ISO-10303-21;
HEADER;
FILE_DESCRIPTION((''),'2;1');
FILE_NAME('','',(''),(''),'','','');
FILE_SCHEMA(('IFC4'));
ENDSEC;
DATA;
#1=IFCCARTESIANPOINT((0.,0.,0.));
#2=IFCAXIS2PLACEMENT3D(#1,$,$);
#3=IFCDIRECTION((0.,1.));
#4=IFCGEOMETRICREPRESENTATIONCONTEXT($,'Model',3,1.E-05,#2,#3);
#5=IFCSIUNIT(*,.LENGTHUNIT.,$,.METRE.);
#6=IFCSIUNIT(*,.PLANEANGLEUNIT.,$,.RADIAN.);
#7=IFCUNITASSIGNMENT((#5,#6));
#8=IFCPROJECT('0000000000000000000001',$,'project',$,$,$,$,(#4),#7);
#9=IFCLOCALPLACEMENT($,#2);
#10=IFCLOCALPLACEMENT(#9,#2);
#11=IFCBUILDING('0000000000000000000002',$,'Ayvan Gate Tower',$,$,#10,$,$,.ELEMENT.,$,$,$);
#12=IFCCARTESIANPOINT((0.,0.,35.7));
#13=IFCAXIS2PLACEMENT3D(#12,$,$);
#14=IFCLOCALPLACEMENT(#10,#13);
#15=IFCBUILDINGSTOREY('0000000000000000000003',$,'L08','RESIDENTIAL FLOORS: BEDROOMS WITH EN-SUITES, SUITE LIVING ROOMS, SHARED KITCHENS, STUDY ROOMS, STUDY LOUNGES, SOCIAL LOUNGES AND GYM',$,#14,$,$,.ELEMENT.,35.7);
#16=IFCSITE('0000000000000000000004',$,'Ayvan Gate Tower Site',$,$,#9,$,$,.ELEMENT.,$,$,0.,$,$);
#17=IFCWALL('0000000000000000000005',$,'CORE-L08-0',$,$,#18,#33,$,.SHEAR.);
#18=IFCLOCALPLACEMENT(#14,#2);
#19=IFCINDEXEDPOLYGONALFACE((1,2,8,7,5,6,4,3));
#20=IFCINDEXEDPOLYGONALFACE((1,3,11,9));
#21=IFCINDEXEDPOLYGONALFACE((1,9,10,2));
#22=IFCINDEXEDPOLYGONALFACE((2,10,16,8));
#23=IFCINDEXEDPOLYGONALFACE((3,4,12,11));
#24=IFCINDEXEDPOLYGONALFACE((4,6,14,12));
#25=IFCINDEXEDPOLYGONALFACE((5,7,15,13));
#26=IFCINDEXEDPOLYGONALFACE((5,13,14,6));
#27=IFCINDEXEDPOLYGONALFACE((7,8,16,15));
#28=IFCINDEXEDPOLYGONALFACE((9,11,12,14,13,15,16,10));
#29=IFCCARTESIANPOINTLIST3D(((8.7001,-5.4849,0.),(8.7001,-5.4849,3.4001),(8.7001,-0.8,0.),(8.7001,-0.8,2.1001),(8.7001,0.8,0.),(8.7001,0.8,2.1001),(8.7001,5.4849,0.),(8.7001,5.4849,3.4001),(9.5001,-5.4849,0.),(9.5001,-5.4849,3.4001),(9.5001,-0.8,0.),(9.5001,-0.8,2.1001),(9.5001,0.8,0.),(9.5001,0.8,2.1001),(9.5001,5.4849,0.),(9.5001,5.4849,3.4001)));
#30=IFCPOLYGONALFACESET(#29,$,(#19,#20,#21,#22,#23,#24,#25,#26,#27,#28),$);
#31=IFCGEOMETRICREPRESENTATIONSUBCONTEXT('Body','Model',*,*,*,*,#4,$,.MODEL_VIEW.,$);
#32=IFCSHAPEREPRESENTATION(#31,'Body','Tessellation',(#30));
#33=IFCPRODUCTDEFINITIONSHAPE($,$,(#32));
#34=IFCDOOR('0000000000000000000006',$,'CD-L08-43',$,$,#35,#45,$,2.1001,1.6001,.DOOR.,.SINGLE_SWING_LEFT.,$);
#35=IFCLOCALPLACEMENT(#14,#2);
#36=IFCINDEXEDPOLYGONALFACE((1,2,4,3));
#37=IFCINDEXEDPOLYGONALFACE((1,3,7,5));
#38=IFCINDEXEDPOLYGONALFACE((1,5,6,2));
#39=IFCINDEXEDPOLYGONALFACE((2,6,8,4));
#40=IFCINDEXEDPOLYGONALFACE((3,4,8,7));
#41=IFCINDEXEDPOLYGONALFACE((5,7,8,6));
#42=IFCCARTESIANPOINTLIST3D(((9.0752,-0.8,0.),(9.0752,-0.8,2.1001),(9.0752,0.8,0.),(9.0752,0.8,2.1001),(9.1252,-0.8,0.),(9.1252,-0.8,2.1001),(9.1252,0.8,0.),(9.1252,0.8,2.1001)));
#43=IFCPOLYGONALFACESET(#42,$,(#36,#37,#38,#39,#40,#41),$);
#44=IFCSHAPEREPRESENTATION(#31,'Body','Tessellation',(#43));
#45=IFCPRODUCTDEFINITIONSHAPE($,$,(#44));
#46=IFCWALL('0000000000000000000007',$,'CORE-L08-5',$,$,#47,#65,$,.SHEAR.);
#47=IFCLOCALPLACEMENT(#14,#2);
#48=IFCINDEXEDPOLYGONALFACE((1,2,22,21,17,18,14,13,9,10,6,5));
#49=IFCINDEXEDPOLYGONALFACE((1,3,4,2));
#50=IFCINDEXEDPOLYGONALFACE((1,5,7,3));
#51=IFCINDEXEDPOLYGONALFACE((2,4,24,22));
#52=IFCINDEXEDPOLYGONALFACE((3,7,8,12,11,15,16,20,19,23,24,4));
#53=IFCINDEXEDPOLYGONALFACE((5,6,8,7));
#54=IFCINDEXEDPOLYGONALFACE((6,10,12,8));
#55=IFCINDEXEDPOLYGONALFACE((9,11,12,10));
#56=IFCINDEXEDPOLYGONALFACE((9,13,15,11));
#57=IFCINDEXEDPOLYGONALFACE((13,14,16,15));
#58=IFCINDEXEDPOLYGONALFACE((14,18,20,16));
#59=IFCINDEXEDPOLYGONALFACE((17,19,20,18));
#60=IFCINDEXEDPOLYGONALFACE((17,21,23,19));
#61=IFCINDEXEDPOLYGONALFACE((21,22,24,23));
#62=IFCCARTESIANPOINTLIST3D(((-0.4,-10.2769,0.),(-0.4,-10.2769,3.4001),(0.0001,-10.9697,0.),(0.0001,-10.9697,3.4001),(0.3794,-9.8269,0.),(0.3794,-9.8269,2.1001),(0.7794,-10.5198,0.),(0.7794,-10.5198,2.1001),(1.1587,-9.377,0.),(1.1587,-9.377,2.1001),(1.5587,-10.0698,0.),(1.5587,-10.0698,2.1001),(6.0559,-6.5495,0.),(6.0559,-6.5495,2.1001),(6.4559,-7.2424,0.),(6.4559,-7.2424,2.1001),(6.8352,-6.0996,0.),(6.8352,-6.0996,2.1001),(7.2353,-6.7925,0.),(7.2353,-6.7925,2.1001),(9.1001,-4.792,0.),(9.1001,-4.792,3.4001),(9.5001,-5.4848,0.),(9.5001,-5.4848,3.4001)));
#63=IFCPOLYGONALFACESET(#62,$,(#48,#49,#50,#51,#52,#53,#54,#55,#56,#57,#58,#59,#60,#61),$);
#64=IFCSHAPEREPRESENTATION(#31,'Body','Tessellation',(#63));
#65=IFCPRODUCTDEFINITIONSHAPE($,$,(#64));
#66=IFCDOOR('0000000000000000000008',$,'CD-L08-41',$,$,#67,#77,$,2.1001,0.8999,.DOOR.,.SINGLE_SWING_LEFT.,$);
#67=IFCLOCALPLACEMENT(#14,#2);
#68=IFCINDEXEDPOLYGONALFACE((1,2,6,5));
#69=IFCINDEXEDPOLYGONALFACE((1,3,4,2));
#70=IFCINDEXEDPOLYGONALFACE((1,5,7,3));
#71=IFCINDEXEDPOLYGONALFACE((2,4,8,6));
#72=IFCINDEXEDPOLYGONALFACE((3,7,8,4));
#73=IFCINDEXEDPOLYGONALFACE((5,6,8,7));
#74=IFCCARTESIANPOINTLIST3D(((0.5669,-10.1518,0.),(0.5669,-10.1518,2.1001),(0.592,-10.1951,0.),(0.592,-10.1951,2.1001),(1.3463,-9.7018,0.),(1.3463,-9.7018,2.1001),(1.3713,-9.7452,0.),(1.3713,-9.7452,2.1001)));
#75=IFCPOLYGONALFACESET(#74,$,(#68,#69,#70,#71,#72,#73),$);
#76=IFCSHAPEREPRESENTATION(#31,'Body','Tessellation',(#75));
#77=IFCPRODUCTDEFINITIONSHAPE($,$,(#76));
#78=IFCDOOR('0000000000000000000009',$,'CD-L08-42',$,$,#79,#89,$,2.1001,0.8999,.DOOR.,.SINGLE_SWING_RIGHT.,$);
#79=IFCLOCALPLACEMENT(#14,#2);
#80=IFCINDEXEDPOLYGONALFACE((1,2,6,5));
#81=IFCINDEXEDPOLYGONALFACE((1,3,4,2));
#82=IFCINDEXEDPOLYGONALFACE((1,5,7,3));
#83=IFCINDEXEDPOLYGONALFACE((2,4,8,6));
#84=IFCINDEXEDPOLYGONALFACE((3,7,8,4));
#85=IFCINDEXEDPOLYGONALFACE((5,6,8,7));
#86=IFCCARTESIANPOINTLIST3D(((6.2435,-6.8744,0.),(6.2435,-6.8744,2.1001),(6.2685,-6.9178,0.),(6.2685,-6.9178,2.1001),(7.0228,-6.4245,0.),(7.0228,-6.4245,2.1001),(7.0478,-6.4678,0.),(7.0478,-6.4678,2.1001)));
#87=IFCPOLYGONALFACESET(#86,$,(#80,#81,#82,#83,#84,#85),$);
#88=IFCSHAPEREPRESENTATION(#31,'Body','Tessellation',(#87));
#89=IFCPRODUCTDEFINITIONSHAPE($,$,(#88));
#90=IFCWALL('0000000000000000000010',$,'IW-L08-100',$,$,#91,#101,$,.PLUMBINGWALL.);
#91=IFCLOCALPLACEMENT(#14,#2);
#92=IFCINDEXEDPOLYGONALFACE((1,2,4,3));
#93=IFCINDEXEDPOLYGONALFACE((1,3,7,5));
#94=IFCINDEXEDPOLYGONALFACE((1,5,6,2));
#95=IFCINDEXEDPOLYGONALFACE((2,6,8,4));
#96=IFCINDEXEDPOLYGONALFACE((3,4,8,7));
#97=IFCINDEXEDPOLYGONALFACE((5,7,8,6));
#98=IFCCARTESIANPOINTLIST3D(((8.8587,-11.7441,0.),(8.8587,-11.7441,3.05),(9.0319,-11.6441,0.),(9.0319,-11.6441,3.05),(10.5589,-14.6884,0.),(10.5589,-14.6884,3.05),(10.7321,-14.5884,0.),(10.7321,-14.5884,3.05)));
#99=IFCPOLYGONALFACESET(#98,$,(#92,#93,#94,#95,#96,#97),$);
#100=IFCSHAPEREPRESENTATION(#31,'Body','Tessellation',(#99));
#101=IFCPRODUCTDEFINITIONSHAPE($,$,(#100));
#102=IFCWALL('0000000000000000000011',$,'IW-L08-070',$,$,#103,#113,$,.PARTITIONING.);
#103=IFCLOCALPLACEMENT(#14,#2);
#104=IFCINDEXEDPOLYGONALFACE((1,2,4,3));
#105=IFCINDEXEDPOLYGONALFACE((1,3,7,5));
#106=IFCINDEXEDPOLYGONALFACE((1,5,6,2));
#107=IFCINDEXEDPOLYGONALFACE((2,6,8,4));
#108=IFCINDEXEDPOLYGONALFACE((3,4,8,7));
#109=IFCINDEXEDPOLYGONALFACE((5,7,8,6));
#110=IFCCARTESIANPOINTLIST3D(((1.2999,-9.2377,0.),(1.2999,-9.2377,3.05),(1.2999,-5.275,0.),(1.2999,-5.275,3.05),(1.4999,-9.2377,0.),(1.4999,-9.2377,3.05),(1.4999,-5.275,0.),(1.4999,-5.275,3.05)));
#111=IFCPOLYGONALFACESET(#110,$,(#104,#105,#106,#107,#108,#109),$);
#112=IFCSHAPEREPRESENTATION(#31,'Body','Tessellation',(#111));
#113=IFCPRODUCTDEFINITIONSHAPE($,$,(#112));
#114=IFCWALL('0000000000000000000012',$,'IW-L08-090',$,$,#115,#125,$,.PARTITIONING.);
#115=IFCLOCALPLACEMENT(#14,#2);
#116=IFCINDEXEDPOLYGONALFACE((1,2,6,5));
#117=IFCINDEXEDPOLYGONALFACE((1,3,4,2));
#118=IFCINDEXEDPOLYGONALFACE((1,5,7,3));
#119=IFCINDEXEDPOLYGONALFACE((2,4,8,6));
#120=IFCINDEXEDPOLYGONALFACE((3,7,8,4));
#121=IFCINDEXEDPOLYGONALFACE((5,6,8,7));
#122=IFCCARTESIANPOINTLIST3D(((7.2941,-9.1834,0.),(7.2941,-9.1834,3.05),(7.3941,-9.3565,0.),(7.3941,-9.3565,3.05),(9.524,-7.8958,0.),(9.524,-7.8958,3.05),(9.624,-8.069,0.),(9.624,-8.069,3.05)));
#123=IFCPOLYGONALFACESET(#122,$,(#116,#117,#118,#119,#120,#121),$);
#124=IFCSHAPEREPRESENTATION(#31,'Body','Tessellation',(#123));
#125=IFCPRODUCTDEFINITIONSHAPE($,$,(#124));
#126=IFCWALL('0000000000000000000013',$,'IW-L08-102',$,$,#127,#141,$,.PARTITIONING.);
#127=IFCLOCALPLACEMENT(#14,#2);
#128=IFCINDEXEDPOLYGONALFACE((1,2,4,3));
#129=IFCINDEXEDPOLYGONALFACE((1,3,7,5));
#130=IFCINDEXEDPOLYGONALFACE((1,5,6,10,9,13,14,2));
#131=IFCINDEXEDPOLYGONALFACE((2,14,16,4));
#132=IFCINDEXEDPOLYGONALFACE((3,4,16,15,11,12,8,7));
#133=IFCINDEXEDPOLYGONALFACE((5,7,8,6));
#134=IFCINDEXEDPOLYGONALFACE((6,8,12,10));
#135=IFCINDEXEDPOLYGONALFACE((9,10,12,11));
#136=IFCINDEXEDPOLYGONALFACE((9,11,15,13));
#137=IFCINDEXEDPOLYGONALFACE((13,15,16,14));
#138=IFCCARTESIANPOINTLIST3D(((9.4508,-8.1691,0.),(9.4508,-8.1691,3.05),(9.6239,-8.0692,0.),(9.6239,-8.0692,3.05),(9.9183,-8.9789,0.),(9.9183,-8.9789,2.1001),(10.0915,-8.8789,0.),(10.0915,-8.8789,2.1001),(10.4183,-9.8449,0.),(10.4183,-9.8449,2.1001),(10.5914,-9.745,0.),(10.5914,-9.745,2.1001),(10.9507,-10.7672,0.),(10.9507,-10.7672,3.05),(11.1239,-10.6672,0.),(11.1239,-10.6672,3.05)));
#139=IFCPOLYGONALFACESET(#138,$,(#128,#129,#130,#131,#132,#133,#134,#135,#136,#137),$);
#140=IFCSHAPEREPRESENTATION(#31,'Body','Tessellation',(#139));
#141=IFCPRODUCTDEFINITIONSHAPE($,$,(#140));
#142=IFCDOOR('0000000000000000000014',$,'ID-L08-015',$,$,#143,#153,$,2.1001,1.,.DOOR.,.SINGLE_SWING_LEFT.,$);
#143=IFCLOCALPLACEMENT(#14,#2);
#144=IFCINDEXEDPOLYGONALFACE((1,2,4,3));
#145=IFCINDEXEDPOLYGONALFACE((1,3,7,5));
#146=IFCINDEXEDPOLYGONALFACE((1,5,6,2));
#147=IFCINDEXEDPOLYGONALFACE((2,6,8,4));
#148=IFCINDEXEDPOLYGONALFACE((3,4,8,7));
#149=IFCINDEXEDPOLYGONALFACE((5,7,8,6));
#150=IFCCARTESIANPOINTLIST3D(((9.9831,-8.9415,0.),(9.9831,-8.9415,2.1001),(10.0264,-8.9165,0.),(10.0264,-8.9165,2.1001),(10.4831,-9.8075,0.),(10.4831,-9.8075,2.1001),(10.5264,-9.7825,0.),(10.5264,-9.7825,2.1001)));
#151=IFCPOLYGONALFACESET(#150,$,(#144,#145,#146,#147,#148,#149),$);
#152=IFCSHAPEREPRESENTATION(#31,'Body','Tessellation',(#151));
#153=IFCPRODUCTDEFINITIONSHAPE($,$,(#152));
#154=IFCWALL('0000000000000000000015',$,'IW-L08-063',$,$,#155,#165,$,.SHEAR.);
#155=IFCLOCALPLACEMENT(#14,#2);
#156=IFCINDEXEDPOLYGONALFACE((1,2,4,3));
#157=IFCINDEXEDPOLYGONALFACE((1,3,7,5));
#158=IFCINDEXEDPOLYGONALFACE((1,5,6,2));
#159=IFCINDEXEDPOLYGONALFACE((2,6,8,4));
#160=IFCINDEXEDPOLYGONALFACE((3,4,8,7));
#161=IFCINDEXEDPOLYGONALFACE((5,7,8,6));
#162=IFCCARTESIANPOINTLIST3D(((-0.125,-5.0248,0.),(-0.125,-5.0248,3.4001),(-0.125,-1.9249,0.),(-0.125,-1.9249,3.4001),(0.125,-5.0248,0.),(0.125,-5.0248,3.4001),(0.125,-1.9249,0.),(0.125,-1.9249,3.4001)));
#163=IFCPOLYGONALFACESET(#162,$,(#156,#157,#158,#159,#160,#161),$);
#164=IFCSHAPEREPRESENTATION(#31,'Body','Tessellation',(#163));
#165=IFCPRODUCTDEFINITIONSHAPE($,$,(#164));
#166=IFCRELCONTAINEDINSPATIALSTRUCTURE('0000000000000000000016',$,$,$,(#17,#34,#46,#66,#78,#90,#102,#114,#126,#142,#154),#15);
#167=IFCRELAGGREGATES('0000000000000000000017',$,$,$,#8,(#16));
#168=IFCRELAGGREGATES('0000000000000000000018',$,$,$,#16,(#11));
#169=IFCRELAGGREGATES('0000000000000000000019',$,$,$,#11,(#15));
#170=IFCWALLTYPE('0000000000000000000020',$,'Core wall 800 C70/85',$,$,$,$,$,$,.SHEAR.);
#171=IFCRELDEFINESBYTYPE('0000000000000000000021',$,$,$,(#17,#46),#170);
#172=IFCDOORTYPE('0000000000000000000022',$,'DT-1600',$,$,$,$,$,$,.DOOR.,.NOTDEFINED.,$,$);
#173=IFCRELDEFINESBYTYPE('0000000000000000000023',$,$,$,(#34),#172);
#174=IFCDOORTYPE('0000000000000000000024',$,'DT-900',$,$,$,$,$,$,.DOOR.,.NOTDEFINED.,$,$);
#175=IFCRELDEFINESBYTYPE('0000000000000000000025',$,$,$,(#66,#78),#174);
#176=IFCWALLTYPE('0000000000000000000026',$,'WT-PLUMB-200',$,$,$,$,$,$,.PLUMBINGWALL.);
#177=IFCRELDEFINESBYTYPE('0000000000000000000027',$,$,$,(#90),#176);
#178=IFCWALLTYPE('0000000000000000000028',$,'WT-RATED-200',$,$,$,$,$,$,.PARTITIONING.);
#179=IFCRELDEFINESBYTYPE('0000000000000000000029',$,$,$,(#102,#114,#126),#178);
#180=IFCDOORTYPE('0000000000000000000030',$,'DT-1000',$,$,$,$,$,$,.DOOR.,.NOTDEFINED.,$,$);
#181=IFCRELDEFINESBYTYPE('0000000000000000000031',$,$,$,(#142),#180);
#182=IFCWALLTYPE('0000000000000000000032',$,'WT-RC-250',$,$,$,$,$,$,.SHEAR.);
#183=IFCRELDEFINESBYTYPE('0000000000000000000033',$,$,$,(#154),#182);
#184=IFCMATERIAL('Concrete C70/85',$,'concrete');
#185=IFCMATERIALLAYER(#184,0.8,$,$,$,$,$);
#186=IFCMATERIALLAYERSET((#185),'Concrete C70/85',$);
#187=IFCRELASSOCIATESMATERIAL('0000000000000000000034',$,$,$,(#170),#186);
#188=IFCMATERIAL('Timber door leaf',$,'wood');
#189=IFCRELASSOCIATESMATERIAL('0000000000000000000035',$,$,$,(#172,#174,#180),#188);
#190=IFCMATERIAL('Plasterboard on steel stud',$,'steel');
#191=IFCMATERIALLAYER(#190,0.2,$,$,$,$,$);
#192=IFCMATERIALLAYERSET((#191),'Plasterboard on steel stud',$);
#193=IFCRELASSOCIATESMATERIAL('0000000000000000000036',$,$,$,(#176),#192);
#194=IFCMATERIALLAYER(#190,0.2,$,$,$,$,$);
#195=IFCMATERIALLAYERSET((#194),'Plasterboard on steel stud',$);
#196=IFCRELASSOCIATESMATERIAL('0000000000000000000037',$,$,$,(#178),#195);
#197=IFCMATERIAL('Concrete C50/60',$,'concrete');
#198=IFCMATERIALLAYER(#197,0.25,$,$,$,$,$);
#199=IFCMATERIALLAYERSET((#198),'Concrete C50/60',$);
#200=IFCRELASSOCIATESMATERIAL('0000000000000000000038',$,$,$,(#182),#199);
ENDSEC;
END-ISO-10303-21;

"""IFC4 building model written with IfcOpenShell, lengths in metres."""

from ifc_helpers import new_model, si_unit, direction, frame, frame_2d, origin, place, context, subcontext, project, spatial, rectangle, extrude, material, layer, layer_set, type_object, element, fill, save


model = new_model("IFC4")

# Units and contexts
model_context = context("Model", 3, precision=1e-05, world=origin(), true_north=direction((0.0, 1.0)))
body_context = subcontext(model_context, "Body", "Model", "MODEL_VIEW")
ifc_project = project(units=[si_unit("LENGTHUNIT", "METRE"), si_unit("PLANEANGLEUNIT", "RADIAN")], contexts=[model_context])

# Site, building, storey
site_placement = place(None, origin())
site = spatial("IfcSite", under=ifc_project, at=site_placement, Name="Ayvan Gate Tower Site", CompositionType="ELEMENT", RefElevation=0.0)
building_placement = place(site_placement, origin())
building = spatial("IfcBuilding", under=site, at=building_placement, Name="Ayvan Gate Tower", CompositionType="ELEMENT")
storey_placement = place(building_placement, frame((0.0, 0.0, 35.7)))
storey = spatial("IfcBuildingStorey", under=building, at=storey_placement, Name="L08", Description="RESIDENTIAL FLOORS: BEDROOMS WITH EN-SUITES, SUITE LIVING ROOMS, SHARED KITCHENS, STUDY ROOMS, STUDY LOUNGES, SOCIAL LOUNGES AND GYM", CompositionType="ELEMENT", Elevation=35.7)

# Wall, opening, door
ifc_material_1 = material(Name="Concrete C70/85", Category="concrete")
ifc_layer_1 = layer(ifc_material_1, 0.8)
ifc_layer_set_1 = layer_set([ifc_layer_1], Name="Concrete C70/85")
wall_type_1 = type_object("IfcWallType", Name="Core wall 800 C70/85", PredefinedType="SHEAR", material=ifc_layer_set_1)
wall_1_placement = place(storey_placement, frame((9.1001, -5.4849, 0.0), z_axis=(0.0, 0.0, 1.0), x_axis=(0.0, 1.0, 0.0)))
wall_1 = element("IfcWall", 1, at=wall_1_placement, inside=storey, type_object=wall_type_1, Name="CORE-L08-0", PredefinedType="SHEAR", context=body_context, shape_type="SweptSolid", body=[
    extrude(rectangle(XDim=10.9697, YDim=0.8, at=frame_2d((5.4849, 0.0))), origin(), (0.0, 0.0, 1.0), 3.4001),
])
opening_1_placement = place(wall_1_placement, frame((4.6848, 0.0, 0.0)))
opening_1 = element("IfcOpeningElement", 2, at=opening_1_placement, cuts=wall_1, PredefinedType="OPENING", context=body_context, shape_type="SweptSolid", body=[
    extrude(rectangle(XDim=1.6001, YDim=2.1001, at=frame_2d((0.8, 1.05))), frame((0.0, 0.4099, 0.0), z_axis=(0.0, -1.0, 0.0), x_axis=(1.0, 0.0, 0.0)), (0.0, 0.0, 1.0), 0.8201),
])
ifc_material_2 = material(Name="Timber door leaf", Category="wood")
door_type_1 = type_object("IfcDoorType", Name="DT-1600", OperationType="NOTDEFINED", PredefinedType="DOOR", material=ifc_material_2)
door_1_placement = place(opening_1_placement, origin())
door_1 = element("IfcDoor", 3, at=door_1_placement, inside=storey, type_object=door_type_1, Name="CD-L08-43", OperationType="SINGLE_SWING_LEFT", OverallHeight=2.1001, OverallWidth=1.6001, PredefinedType="DOOR", context=body_context, shape_type="SweptSolid", body=[
    extrude(rectangle(XDim=1.6001, YDim=2.1001, at=frame_2d((0.8, 1.05))), frame((0.0, 0.0249, 0.0), z_axis=(0.0, -1.0, 0.0), x_axis=(1.0, 0.0, 0.0)), (0.0, 0.0, 1.0), 0.05),
])
fill(opening_1, door_1)

# Wall, openings, doors
wall_2_placement = place(storey_placement, frame((-0.2, -10.6233, 0.0), z_axis=(0.0, 0.0, 1.0), x_axis=(0.866024, 0.500002, 0.0)))
wall_2 = element("IfcWall", 4, at=wall_2_placement, inside=storey, type_object=wall_type_1, Name="CORE-L08-5", PredefinedType="SHEAR", context=body_context, shape_type="SweptSolid", body=[
    extrude(rectangle(XDim=10.9697, YDim=0.8, at=frame_2d((5.4849, 0.0))), origin(), (0.0, 0.0, 1.0), 3.4001),
])
opening_2_placement = place(wall_2_placement, frame((0.8999, 0.0, 0.0)))
opening_2 = element("IfcOpeningElement", 5, at=opening_2_placement, cuts=wall_2, PredefinedType="OPENING", context=body_context, shape_type="SweptSolid", body=[
    extrude(rectangle(XDim=0.8999, YDim=2.1001, at=frame_2d((0.45, 1.05))), frame((0.0, 0.4099, 0.0), z_axis=(0.0, -1.0, 0.0), x_axis=(1.0, 0.0, 0.0)), (0.0, 0.0, 1.0), 0.8201),
])
opening_3_placement = place(wall_2_placement, frame((7.4546, 0.0, 0.0)))
opening_3 = element("IfcOpeningElement", 6, at=opening_3_placement, cuts=wall_2, PredefinedType="OPENING", context=body_context, shape_type="SweptSolid", body=[
    extrude(rectangle(XDim=0.8999, YDim=2.1001, at=frame_2d((0.45, 1.05))), frame((0.0, 0.4099, 0.0), z_axis=(0.0, -1.0, 0.0), x_axis=(1.0, 0.0, 0.0)), (0.0, 0.0, 1.0), 0.8201),
])
door_type_2 = type_object("IfcDoorType", Name="DT-900", OperationType="NOTDEFINED", PredefinedType="DOOR", material=ifc_material_2)
door_2_placement = place(opening_2_placement, origin())
door_2 = element("IfcDoor", 7, at=door_2_placement, inside=storey, type_object=door_type_2, Name="CD-L08-41", OperationType="SINGLE_SWING_LEFT", OverallHeight=2.1001, OverallWidth=0.8999, PredefinedType="DOOR", context=body_context, shape_type="SweptSolid", body=[
    extrude(rectangle(XDim=0.8999, YDim=2.1001, at=frame_2d((0.45, 1.05))), frame((0.0, 0.0249, 0.0), z_axis=(0.0, -1.0, 0.0), x_axis=(1.0, 0.0, 0.0)), (0.0, 0.0, 1.0), 0.05),
])
fill(opening_2, door_2)
door_3_placement = place(opening_3_placement, origin())
door_3 = element("IfcDoor", 8, at=door_3_placement, inside=storey, type_object=door_type_2, Name="CD-L08-42", OperationType="SINGLE_SWING_RIGHT", OverallHeight=2.1001, OverallWidth=0.8999, PredefinedType="DOOR", context=body_context, shape_type="SweptSolid", body=[
    extrude(rectangle(XDim=0.8999, YDim=2.1001, at=frame_2d((0.45, 1.05))), frame((0.0, 0.0249, 0.0), z_axis=(0.0, -1.0, 0.0), x_axis=(1.0, 0.0, 0.0)), (0.0, 0.0, 1.0), 0.05),
])
fill(opening_3, door_3)

# Walls
ifc_material_3 = material(Name="Plasterboard on steel stud", Category="steel")
ifc_layer_2 = layer(ifc_material_3, 0.2)
ifc_layer_set_2 = layer_set([ifc_layer_2], Name="Plasterboard on steel stud")
wall_type_2 = type_object("IfcWallType", Name="WT-PLUMB-200", PredefinedType="PLUMBINGWALL", material=ifc_layer_set_2)
wall_3_placement = place(storey_placement, frame((8.9453, -11.6941, 0.0), z_axis=(0.0, 0.0, 1.0), x_axis=(0.500062, -0.865989, 0.0)))
element("IfcWall", 9, at=wall_3_placement, inside=storey, type_object=wall_type_2, Name="IW-L08-100", PredefinedType="PLUMBINGWALL", context=body_context, shape_type="SweptSolid", body=[
    extrude(rectangle(XDim=3.3999, YDim=0.2, at=frame_2d((1.7, 0.0))), origin(), (0.0, 0.0, 1.0), 3.05),
])
ifc_layer_3 = layer(ifc_material_3, 0.2)
ifc_layer_set_3 = layer_set([ifc_layer_3], Name="Plasterboard on steel stud")
wall_type_3 = type_object("IfcWallType", Name="WT-RATED-200", PredefinedType="PARTITIONING", material=ifc_layer_set_3)
wall_4_placement = place(storey_placement, frame((1.3999, -5.2749, 0.0), z_axis=(0.0, 0.0, 1.0), x_axis=(0.0, -1.0, 0.0)))
element("IfcWall", 10, at=wall_4_placement, inside=storey, type_object=wall_type_3, Name="IW-L08-070", PredefinedType="PARTITIONING", context=body_context, shape_type="SweptSolid", body=[
    extrude(rectangle(XDim=3.9626, YDim=0.2, at=frame_2d((1.9814, 0.0))), origin(), (0.0, 0.0, 1.0), 3.05),
])
wall_5_placement = place(storey_placement, frame((7.344, -9.27, 0.0), z_axis=(0.0, 0.0, 1.0), x_axis=(0.866006, 0.500034, 0.0)))
element("IfcWall", 11, at=wall_5_placement, inside=storey, type_object=wall_type_3, Name="IW-L08-090", PredefinedType="PARTITIONING", context=body_context, shape_type="SweptSolid", body=[
    extrude(rectangle(XDim=2.575, YDim=0.2, at=frame_2d((1.2876, 0.0))), origin(), (0.0, 0.0, 1.0), 3.05),
])

# Wall, opening, door
wall_6_placement = place(storey_placement, frame((9.5374, -8.1191, 0.0), z_axis=(0.0, 0.0, 1.0), x_axis=(0.49999, -0.866031, 0.0)))
wall_6 = element("IfcWall", 12, at=wall_6_placement, inside=storey, type_object=wall_type_3, Name="IW-L08-102", PredefinedType="PARTITIONING", context=body_context, shape_type="SweptSolid", body=[
    extrude(rectangle(XDim=3.0, YDim=0.2, at=frame_2d((1.5, 0.0))), origin(), (0.0, 0.0, 1.0), 3.05),
])
opening_4_placement = place(wall_6_placement, frame((0.9351, 0.0, 0.0)))
opening_4 = element("IfcOpeningElement", 13, at=opening_4_placement, cuts=wall_6, PredefinedType="OPENING", context=body_context, shape_type="SweptSolid", body=[
    extrude(rectangle(XDim=1.0, YDim=2.1001, at=frame_2d((0.5, 1.05))), frame((0.0, 0.1099, 0.0), z_axis=(0.0, -1.0, 0.0), x_axis=(1.0, 0.0, 0.0)), (0.0, 0.0, 1.0), 0.22),
])
door_type_3 = type_object("IfcDoorType", Name="DT-1000", OperationType="NOTDEFINED", PredefinedType="DOOR", material=ifc_material_2)
door_4_placement = place(opening_4_placement, origin())
door_4 = element("IfcDoor", 14, at=door_4_placement, inside=storey, type_object=door_type_3, Name="ID-L08-015", OperationType="SINGLE_SWING_LEFT", OverallHeight=2.1001, OverallWidth=1.0, PredefinedType="DOOR", context=body_context, shape_type="SweptSolid", body=[
    extrude(rectangle(XDim=1.0, YDim=2.1001, at=frame_2d((0.5, 1.05))), frame((0.0, 0.0249, 0.0), z_axis=(0.0, -1.0, 0.0), x_axis=(1.0, 0.0, 0.0)), (0.0, 0.0, 1.0), 0.05),
])
fill(opening_4, door_4)

# Wall
ifc_material_4 = material(Name="Concrete C50/60", Category="concrete")
ifc_layer_4 = layer(ifc_material_4, 0.25)
ifc_layer_set_4 = layer_set([ifc_layer_4], Name="Concrete C50/60")
wall_type_4 = type_object("IfcWallType", Name="WT-RC-250", PredefinedType="SHEAR", material=ifc_layer_set_4)
wall_7_placement = place(storey_placement, frame((0.0, -1.925, 0.0), z_axis=(0.0, 0.0, 1.0), x_axis=(0.0, -1.0, 0.0)))
element("IfcWall", 15, at=wall_7_placement, inside=storey, type_object=wall_type_4, Name="IW-L08-063", PredefinedType="SHEAR", context=body_context, shape_type="SweptSolid", body=[
    extrude(rectangle(XDim=3.0999, YDim=0.25, at=frame_2d((1.5498, 0.0))), origin(), (0.0, 0.0, 1.0), 3.4001),
])

save(model, "model.ifc")
